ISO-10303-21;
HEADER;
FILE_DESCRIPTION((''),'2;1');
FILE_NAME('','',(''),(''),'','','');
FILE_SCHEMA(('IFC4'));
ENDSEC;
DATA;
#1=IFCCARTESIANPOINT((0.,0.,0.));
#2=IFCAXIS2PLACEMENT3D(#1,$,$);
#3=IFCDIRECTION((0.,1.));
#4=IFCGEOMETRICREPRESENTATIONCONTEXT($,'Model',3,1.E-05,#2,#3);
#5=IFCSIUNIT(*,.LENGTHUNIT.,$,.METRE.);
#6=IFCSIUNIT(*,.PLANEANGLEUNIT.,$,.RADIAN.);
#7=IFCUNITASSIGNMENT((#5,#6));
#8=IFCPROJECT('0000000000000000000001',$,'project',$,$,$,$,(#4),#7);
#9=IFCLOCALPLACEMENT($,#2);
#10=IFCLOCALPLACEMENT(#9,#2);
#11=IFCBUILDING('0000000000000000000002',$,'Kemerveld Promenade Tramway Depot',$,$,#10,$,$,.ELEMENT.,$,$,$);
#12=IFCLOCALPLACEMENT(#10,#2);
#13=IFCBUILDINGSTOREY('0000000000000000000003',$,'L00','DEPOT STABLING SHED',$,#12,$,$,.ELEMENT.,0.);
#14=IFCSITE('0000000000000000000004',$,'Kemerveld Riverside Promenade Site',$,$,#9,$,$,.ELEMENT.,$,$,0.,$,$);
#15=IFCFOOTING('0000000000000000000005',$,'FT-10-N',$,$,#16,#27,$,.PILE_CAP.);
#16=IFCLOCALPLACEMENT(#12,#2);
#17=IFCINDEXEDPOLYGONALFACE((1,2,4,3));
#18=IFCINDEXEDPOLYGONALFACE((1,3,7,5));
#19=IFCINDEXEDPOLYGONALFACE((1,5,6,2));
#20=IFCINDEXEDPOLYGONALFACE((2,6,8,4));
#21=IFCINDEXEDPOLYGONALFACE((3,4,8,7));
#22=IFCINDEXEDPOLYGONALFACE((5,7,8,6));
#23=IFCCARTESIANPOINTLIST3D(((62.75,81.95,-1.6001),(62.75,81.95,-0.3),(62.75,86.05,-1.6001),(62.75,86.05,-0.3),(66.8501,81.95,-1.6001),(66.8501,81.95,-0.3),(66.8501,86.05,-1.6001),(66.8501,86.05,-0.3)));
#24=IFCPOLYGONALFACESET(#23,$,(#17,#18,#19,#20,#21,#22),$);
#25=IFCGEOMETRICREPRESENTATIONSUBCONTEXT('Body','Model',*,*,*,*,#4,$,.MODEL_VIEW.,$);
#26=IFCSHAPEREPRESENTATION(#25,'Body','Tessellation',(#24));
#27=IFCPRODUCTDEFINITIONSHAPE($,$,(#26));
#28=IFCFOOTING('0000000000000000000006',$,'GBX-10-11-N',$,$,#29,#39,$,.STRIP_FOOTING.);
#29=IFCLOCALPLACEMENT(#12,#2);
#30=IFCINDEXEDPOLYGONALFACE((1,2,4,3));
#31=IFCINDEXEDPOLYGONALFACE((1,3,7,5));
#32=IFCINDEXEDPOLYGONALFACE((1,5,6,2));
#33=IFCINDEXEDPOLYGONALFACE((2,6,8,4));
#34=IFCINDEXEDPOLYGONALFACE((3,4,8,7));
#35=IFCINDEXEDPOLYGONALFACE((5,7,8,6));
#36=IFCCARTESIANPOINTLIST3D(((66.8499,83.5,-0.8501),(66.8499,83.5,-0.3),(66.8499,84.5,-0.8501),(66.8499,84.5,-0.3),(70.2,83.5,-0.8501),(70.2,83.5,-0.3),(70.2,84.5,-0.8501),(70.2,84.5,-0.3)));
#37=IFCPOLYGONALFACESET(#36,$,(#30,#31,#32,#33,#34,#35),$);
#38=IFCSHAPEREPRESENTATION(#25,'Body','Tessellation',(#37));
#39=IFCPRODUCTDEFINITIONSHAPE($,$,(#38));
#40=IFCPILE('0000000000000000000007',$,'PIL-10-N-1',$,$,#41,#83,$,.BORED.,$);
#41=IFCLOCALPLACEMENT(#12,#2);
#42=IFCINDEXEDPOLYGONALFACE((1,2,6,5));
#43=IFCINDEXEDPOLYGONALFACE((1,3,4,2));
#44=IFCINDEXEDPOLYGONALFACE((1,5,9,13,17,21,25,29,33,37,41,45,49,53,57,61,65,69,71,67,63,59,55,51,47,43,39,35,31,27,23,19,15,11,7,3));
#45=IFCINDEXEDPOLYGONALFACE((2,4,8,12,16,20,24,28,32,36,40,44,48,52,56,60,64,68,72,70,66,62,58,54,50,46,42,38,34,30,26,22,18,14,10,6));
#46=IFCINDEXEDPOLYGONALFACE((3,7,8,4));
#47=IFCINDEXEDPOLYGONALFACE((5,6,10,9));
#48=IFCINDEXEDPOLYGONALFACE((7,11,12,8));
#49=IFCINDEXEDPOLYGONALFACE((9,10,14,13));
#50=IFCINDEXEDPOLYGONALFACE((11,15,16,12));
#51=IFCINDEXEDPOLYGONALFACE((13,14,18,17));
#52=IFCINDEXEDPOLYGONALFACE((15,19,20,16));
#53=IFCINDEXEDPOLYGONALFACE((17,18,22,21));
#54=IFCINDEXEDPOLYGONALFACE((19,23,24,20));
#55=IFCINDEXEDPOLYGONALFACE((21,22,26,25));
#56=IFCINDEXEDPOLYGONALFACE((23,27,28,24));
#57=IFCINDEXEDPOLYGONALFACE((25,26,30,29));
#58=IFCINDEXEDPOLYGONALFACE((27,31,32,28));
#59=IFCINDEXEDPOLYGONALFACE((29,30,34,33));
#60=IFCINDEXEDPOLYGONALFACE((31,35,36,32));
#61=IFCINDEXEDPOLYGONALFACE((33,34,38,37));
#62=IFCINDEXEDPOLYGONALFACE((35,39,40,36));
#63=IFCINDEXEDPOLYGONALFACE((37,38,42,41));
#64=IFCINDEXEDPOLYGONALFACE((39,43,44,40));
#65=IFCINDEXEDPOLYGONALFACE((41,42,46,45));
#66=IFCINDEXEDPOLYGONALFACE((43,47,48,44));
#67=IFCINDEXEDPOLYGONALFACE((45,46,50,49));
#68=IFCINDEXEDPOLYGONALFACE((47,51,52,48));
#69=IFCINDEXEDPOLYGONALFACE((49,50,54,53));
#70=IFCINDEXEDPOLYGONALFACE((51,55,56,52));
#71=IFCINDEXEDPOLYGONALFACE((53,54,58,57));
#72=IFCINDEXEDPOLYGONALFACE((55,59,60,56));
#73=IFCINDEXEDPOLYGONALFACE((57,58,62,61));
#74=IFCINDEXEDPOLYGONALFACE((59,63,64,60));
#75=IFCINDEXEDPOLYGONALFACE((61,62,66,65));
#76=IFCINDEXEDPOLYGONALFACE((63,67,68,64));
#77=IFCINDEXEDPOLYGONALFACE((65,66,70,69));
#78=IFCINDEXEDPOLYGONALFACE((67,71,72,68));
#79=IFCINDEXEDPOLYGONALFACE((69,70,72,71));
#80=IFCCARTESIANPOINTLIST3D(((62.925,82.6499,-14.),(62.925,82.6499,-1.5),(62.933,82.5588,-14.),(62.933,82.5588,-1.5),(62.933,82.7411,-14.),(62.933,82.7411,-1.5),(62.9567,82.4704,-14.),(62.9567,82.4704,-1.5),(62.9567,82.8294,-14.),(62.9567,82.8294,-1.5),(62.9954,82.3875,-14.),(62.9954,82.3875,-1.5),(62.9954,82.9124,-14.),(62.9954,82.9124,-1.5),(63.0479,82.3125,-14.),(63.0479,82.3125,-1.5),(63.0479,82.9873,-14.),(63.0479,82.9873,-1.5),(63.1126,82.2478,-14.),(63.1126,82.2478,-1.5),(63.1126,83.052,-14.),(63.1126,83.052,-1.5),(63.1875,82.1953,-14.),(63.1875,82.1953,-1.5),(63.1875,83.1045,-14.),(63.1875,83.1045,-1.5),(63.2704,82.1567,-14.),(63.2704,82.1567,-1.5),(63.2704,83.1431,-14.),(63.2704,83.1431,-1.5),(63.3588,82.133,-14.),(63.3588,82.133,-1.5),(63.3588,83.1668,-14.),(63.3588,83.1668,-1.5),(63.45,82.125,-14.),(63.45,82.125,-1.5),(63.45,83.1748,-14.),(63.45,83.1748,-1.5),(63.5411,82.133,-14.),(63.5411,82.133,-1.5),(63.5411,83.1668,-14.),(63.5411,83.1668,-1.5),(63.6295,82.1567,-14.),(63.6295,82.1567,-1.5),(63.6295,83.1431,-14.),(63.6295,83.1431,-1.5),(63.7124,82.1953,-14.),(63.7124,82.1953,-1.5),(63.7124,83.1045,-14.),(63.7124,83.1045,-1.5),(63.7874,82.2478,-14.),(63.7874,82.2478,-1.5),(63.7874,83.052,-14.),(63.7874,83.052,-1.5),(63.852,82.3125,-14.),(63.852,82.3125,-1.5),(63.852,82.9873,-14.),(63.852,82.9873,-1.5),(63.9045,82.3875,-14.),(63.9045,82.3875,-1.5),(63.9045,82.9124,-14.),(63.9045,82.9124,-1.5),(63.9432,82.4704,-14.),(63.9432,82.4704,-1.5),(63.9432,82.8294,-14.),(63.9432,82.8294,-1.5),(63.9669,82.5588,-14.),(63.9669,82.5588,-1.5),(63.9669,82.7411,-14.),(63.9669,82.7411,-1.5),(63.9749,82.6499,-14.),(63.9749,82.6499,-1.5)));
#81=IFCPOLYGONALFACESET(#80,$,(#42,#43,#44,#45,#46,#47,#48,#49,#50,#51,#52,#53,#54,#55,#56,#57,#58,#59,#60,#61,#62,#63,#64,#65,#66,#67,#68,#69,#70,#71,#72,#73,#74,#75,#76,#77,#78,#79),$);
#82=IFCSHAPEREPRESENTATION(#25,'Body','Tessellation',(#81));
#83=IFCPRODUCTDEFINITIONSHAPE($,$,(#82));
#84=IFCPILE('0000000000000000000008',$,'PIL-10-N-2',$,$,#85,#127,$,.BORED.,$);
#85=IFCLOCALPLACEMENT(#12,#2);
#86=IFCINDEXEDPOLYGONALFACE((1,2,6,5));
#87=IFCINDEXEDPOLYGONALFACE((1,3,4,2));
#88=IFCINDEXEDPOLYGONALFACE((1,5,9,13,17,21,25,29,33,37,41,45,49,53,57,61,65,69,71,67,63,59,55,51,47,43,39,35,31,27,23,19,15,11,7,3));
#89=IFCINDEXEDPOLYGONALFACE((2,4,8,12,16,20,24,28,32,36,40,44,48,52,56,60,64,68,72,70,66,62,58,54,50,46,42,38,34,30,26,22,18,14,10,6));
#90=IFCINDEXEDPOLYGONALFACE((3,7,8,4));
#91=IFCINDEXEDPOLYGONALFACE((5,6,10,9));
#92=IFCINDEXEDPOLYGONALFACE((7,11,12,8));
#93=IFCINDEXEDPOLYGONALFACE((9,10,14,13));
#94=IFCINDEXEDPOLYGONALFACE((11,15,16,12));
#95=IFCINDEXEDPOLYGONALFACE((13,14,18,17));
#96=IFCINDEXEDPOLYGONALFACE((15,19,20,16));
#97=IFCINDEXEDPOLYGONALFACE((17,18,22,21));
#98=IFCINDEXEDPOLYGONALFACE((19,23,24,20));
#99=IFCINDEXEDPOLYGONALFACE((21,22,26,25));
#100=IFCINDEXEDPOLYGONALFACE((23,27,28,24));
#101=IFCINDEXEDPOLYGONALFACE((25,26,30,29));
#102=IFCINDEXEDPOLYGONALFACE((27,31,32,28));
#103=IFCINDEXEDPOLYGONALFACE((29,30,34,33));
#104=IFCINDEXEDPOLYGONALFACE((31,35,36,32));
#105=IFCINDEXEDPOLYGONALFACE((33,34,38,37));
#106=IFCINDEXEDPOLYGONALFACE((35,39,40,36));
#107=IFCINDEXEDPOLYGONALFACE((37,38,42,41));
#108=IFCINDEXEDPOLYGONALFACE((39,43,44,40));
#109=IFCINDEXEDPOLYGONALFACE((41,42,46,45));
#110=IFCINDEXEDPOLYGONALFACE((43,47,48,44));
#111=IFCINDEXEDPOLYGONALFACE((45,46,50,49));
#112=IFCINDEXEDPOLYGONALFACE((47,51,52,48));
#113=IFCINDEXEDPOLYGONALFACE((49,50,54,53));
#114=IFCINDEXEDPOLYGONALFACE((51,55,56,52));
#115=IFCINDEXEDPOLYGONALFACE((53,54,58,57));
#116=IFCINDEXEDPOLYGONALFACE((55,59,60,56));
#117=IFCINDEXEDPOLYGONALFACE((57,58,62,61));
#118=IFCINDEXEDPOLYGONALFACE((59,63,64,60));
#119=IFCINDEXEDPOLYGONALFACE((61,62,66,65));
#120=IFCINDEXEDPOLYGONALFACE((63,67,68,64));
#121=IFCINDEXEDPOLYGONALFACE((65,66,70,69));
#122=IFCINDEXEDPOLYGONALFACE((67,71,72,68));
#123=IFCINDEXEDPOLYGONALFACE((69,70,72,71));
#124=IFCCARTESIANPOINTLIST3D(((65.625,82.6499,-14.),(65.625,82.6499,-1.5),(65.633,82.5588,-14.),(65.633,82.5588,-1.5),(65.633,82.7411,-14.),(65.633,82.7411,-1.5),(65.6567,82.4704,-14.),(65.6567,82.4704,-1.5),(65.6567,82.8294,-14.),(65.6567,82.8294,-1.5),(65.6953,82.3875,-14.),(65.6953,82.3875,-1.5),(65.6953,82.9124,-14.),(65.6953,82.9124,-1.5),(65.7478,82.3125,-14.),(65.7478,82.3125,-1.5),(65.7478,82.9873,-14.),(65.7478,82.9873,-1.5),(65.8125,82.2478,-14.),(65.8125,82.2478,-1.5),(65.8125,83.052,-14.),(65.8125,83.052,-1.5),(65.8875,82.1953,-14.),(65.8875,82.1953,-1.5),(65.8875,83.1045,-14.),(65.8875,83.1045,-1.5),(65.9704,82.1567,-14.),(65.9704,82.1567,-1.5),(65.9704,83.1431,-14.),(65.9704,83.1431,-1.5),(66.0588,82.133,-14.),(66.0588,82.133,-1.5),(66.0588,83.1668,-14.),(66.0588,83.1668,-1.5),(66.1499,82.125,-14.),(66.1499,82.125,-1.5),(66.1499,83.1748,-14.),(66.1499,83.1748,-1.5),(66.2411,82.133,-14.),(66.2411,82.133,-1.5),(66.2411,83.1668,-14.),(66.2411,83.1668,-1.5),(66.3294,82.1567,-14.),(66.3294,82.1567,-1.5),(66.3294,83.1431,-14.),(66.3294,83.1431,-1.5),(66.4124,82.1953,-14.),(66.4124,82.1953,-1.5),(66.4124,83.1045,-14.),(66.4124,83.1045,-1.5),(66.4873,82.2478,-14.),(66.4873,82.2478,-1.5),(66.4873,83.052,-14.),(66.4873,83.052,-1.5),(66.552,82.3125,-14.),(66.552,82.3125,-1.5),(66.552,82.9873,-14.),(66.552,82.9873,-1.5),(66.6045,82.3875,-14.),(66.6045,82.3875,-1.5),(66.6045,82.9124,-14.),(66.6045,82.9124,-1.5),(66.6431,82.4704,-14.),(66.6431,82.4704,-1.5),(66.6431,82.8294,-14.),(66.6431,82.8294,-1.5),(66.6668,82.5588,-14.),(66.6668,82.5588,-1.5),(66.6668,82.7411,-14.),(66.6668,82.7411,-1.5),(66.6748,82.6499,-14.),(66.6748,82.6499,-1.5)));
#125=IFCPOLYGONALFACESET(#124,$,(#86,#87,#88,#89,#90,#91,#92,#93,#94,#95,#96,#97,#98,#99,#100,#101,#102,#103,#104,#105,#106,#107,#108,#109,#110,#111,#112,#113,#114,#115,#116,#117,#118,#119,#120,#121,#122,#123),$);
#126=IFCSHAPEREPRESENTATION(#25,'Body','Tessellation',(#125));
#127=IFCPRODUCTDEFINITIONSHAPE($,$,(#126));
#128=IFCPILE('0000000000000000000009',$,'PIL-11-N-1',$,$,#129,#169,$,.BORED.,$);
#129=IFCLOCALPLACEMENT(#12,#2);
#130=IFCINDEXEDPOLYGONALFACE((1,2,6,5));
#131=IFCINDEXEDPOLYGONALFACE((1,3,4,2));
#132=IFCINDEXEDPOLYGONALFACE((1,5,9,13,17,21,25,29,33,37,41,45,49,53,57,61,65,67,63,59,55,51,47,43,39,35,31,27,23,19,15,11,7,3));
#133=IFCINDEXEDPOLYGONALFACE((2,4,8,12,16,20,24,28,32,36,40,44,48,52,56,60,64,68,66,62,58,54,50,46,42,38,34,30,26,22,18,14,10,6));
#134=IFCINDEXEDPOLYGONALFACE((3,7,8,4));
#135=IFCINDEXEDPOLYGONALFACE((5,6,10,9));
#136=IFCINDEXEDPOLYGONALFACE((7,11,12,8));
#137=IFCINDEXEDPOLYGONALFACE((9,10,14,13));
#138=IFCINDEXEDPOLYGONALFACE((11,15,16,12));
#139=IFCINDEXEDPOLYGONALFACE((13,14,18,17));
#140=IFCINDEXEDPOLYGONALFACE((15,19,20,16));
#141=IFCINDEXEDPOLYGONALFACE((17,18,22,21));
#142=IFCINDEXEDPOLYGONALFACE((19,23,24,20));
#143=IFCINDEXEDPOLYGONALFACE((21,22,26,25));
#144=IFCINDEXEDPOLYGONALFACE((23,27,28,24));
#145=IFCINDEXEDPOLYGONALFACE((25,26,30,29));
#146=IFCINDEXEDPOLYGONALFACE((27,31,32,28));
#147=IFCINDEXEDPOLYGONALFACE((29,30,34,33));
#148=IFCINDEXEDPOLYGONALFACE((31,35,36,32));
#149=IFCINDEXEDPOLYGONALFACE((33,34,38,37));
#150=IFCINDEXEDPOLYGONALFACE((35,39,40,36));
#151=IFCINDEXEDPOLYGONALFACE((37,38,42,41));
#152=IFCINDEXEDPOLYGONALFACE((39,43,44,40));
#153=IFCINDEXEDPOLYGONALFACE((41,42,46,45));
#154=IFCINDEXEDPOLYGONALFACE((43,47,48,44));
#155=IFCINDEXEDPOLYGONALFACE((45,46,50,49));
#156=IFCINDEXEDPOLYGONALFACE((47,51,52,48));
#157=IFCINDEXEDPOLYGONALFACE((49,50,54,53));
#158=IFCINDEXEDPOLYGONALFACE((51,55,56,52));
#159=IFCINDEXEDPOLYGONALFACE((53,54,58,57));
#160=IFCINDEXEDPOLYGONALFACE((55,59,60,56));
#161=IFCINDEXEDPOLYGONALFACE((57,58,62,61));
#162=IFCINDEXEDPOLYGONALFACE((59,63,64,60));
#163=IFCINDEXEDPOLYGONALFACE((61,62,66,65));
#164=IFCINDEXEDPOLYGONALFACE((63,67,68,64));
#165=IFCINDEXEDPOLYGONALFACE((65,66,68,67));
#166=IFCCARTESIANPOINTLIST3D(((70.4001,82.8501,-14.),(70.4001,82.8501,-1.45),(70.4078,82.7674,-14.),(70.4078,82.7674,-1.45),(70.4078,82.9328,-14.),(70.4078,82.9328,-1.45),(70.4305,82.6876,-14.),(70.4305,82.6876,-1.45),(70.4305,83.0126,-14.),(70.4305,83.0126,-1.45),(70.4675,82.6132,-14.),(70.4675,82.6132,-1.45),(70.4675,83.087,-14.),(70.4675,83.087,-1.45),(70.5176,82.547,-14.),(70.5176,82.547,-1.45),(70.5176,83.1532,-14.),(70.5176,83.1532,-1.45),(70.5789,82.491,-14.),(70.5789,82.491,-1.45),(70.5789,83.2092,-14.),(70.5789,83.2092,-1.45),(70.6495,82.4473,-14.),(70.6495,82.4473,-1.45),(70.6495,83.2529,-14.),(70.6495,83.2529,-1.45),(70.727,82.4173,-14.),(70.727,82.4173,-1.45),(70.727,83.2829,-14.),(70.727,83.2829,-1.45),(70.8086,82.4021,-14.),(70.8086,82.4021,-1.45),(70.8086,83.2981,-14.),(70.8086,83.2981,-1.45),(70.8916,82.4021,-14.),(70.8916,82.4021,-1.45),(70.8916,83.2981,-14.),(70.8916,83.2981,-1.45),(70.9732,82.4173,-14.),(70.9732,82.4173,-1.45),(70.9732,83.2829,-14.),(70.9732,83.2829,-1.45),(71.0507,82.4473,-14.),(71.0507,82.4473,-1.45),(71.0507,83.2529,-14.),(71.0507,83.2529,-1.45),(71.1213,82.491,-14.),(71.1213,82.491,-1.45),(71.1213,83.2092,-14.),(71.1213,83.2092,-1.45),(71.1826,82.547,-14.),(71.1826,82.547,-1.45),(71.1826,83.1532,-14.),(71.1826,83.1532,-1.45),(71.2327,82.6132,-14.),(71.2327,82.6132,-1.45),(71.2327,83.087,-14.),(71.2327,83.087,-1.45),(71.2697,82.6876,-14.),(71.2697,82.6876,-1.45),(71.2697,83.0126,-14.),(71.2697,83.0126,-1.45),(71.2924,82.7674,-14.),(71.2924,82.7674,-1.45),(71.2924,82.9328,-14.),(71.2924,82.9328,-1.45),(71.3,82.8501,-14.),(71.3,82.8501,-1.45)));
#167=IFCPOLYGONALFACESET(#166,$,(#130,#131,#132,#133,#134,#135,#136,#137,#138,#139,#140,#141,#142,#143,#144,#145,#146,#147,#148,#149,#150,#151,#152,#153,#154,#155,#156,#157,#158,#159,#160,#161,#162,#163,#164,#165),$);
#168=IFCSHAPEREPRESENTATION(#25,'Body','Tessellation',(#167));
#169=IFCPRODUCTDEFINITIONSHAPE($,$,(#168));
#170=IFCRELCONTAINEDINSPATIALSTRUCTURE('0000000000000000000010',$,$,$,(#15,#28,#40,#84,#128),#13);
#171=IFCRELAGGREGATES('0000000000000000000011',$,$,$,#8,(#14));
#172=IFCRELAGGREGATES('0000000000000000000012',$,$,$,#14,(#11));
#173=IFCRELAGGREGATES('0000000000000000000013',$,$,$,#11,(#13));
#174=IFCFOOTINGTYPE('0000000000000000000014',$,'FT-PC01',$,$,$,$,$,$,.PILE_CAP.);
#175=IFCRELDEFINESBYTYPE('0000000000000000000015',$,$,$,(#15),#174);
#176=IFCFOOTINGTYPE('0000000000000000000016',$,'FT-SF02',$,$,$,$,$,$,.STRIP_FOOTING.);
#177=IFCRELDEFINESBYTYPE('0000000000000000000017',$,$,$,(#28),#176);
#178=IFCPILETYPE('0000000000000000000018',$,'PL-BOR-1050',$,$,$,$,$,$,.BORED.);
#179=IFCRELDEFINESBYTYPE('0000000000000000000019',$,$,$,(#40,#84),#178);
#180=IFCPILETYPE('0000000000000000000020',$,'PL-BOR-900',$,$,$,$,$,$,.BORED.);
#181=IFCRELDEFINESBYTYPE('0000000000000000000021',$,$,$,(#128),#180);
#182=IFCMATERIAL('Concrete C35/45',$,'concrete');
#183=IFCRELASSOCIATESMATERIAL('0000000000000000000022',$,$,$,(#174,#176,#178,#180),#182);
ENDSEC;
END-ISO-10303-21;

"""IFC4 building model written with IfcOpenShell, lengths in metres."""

from ifc_helpers import new_model, si_unit, direction, frame, origin, origin_2d, place, context, subcontext, project, spatial, rectangle, circle, extrude, material, material_profile, profile_set, type_object, element, save


model = new_model("IFC4")

# Units and contexts
model_context = context("Model", 3, precision=1e-05, world=origin(), true_north=direction((0.0, 1.0)))
body_context = subcontext(model_context, "Body", "Model", "MODEL_VIEW")
ifc_project = project(units=[si_unit("LENGTHUNIT", "METRE"), si_unit("PLANEANGLEUNIT", "RADIAN")], contexts=[model_context])

# Site, building, storey
site_placement = place(None, origin())
site = spatial("IfcSite", under=ifc_project, at=site_placement, Name="Kemerveld Riverside Promenade Site", CompositionType="ELEMENT", RefElevation=0.0)
building_placement = place(site_placement, origin())
building = spatial("IfcBuilding", under=site, at=building_placement, Name="Kemerveld Promenade Tramway Depot", CompositionType="ELEMENT")
storey_placement = place(building_placement, origin())
storey = spatial("IfcBuildingStorey", under=building, at=storey_placement, Name="L00", Description="DEPOT STABLING SHED", CompositionType="ELEMENT", Elevation=0.0)

# Footings
ifc_material_1 = material(Name="Concrete C35/45", Category="concrete")
footing_type_1 = type_object("IfcFootingType", Name="FT-PC01", PredefinedType="PILE_CAP", material=ifc_material_1)
footing_1_placement = place(storey_placement, frame((64.8, 84.0, -1.6001), z_axis=(0.0, 0.0, 1.0), x_axis=(1.0, 0.0, 0.0)))
element("IfcFooting", 1, at=footing_1_placement, inside=storey, type_object=footing_type_1, Name="FT-10-N", PredefinedType="PILE_CAP", context=body_context, shape_type="SweptSolid", body=[
    extrude(rectangle(XDim=4.1001, YDim=4.1001, at=origin_2d()), origin(), (0.0, 0.0, 1.0), 1.3),
])
footing_type_2 = type_object("IfcFootingType", Name="FT-SF02", PredefinedType="STRIP_FOOTING", material=ifc_material_1)
footing_2_placement = place(storey_placement, frame((68.5249, 84.0, -0.8501), z_axis=(0.0, 0.0, 1.0), x_axis=(1.0, 0.0, 0.0)))
element("IfcFooting", 2, at=footing_2_placement, inside=storey, type_object=footing_type_2, Name="GBX-10-11-N", PredefinedType="STRIP_FOOTING", context=body_context, shape_type="SweptSolid", body=[
    extrude(rectangle(XDim=3.3501, YDim=1.0, at=origin_2d()), origin(), (0.0, 0.0, 1.0), 0.55),
])

# Piles
ifc_material_profile_1 = material_profile(ifc_material_1, circle(Radius=0.5249, at=origin_2d()), Name="PILE-D1050")
ifc_profile_set_1 = profile_set([ifc_material_profile_1], Name="Concrete C35/45")
pile_type_1 = type_object("IfcPileType", Name="PL-BOR-1050", PredefinedType="BORED", material=ifc_profile_set_1)
for number, where, z_axis, x_axis, name in (
    (3, (63.45, 82.6499, -1.5), (0.0, 0.0, -1.0), (1.0, 0.0, 0.0), "PIL-10-N-1"),
    (4, (66.1499, 82.6499, -1.5), (0.0, 0.0, -1.0), (1.0, 0.0, 0.0), "PIL-10-N-2"),
):
    element("IfcPile", number, at=place(storey_placement, frame(where, z_axis=z_axis, x_axis=x_axis)), inside=storey, type_object=pile_type_1, Name=name, PredefinedType="BORED", context=body_context, shape_type="SweptSolid", body=[
        extrude(circle(Radius=0.5249, at=origin_2d()), origin(), (0.0, 0.0, 1.0), 12.5),
    ])
ifc_material_profile_2 = material_profile(ifc_material_1, circle(Radius=0.45, at=origin_2d()), Name="PILE-D900")
ifc_profile_set_2 = profile_set([ifc_material_profile_2], Name="Concrete C35/45")
pile_type_2 = type_object("IfcPileType", Name="PL-BOR-900", PredefinedType="BORED", material=ifc_profile_set_2)
pile_placement = place(storey_placement, frame((70.8501, 82.8501, -1.45), z_axis=(0.0, 0.0, -1.0), x_axis=(1.0, 0.0, 0.0)))
element("IfcPile", 5, at=pile_placement, inside=storey, type_object=pile_type_2, Name="PIL-11-N-1", PredefinedType="BORED", context=body_context, shape_type="SweptSolid", body=[
    extrude(circle(Radius=0.45, at=origin_2d()), origin(), (0.0, 0.0, 1.0), 12.55),
])

save(model, "model.ifc")
